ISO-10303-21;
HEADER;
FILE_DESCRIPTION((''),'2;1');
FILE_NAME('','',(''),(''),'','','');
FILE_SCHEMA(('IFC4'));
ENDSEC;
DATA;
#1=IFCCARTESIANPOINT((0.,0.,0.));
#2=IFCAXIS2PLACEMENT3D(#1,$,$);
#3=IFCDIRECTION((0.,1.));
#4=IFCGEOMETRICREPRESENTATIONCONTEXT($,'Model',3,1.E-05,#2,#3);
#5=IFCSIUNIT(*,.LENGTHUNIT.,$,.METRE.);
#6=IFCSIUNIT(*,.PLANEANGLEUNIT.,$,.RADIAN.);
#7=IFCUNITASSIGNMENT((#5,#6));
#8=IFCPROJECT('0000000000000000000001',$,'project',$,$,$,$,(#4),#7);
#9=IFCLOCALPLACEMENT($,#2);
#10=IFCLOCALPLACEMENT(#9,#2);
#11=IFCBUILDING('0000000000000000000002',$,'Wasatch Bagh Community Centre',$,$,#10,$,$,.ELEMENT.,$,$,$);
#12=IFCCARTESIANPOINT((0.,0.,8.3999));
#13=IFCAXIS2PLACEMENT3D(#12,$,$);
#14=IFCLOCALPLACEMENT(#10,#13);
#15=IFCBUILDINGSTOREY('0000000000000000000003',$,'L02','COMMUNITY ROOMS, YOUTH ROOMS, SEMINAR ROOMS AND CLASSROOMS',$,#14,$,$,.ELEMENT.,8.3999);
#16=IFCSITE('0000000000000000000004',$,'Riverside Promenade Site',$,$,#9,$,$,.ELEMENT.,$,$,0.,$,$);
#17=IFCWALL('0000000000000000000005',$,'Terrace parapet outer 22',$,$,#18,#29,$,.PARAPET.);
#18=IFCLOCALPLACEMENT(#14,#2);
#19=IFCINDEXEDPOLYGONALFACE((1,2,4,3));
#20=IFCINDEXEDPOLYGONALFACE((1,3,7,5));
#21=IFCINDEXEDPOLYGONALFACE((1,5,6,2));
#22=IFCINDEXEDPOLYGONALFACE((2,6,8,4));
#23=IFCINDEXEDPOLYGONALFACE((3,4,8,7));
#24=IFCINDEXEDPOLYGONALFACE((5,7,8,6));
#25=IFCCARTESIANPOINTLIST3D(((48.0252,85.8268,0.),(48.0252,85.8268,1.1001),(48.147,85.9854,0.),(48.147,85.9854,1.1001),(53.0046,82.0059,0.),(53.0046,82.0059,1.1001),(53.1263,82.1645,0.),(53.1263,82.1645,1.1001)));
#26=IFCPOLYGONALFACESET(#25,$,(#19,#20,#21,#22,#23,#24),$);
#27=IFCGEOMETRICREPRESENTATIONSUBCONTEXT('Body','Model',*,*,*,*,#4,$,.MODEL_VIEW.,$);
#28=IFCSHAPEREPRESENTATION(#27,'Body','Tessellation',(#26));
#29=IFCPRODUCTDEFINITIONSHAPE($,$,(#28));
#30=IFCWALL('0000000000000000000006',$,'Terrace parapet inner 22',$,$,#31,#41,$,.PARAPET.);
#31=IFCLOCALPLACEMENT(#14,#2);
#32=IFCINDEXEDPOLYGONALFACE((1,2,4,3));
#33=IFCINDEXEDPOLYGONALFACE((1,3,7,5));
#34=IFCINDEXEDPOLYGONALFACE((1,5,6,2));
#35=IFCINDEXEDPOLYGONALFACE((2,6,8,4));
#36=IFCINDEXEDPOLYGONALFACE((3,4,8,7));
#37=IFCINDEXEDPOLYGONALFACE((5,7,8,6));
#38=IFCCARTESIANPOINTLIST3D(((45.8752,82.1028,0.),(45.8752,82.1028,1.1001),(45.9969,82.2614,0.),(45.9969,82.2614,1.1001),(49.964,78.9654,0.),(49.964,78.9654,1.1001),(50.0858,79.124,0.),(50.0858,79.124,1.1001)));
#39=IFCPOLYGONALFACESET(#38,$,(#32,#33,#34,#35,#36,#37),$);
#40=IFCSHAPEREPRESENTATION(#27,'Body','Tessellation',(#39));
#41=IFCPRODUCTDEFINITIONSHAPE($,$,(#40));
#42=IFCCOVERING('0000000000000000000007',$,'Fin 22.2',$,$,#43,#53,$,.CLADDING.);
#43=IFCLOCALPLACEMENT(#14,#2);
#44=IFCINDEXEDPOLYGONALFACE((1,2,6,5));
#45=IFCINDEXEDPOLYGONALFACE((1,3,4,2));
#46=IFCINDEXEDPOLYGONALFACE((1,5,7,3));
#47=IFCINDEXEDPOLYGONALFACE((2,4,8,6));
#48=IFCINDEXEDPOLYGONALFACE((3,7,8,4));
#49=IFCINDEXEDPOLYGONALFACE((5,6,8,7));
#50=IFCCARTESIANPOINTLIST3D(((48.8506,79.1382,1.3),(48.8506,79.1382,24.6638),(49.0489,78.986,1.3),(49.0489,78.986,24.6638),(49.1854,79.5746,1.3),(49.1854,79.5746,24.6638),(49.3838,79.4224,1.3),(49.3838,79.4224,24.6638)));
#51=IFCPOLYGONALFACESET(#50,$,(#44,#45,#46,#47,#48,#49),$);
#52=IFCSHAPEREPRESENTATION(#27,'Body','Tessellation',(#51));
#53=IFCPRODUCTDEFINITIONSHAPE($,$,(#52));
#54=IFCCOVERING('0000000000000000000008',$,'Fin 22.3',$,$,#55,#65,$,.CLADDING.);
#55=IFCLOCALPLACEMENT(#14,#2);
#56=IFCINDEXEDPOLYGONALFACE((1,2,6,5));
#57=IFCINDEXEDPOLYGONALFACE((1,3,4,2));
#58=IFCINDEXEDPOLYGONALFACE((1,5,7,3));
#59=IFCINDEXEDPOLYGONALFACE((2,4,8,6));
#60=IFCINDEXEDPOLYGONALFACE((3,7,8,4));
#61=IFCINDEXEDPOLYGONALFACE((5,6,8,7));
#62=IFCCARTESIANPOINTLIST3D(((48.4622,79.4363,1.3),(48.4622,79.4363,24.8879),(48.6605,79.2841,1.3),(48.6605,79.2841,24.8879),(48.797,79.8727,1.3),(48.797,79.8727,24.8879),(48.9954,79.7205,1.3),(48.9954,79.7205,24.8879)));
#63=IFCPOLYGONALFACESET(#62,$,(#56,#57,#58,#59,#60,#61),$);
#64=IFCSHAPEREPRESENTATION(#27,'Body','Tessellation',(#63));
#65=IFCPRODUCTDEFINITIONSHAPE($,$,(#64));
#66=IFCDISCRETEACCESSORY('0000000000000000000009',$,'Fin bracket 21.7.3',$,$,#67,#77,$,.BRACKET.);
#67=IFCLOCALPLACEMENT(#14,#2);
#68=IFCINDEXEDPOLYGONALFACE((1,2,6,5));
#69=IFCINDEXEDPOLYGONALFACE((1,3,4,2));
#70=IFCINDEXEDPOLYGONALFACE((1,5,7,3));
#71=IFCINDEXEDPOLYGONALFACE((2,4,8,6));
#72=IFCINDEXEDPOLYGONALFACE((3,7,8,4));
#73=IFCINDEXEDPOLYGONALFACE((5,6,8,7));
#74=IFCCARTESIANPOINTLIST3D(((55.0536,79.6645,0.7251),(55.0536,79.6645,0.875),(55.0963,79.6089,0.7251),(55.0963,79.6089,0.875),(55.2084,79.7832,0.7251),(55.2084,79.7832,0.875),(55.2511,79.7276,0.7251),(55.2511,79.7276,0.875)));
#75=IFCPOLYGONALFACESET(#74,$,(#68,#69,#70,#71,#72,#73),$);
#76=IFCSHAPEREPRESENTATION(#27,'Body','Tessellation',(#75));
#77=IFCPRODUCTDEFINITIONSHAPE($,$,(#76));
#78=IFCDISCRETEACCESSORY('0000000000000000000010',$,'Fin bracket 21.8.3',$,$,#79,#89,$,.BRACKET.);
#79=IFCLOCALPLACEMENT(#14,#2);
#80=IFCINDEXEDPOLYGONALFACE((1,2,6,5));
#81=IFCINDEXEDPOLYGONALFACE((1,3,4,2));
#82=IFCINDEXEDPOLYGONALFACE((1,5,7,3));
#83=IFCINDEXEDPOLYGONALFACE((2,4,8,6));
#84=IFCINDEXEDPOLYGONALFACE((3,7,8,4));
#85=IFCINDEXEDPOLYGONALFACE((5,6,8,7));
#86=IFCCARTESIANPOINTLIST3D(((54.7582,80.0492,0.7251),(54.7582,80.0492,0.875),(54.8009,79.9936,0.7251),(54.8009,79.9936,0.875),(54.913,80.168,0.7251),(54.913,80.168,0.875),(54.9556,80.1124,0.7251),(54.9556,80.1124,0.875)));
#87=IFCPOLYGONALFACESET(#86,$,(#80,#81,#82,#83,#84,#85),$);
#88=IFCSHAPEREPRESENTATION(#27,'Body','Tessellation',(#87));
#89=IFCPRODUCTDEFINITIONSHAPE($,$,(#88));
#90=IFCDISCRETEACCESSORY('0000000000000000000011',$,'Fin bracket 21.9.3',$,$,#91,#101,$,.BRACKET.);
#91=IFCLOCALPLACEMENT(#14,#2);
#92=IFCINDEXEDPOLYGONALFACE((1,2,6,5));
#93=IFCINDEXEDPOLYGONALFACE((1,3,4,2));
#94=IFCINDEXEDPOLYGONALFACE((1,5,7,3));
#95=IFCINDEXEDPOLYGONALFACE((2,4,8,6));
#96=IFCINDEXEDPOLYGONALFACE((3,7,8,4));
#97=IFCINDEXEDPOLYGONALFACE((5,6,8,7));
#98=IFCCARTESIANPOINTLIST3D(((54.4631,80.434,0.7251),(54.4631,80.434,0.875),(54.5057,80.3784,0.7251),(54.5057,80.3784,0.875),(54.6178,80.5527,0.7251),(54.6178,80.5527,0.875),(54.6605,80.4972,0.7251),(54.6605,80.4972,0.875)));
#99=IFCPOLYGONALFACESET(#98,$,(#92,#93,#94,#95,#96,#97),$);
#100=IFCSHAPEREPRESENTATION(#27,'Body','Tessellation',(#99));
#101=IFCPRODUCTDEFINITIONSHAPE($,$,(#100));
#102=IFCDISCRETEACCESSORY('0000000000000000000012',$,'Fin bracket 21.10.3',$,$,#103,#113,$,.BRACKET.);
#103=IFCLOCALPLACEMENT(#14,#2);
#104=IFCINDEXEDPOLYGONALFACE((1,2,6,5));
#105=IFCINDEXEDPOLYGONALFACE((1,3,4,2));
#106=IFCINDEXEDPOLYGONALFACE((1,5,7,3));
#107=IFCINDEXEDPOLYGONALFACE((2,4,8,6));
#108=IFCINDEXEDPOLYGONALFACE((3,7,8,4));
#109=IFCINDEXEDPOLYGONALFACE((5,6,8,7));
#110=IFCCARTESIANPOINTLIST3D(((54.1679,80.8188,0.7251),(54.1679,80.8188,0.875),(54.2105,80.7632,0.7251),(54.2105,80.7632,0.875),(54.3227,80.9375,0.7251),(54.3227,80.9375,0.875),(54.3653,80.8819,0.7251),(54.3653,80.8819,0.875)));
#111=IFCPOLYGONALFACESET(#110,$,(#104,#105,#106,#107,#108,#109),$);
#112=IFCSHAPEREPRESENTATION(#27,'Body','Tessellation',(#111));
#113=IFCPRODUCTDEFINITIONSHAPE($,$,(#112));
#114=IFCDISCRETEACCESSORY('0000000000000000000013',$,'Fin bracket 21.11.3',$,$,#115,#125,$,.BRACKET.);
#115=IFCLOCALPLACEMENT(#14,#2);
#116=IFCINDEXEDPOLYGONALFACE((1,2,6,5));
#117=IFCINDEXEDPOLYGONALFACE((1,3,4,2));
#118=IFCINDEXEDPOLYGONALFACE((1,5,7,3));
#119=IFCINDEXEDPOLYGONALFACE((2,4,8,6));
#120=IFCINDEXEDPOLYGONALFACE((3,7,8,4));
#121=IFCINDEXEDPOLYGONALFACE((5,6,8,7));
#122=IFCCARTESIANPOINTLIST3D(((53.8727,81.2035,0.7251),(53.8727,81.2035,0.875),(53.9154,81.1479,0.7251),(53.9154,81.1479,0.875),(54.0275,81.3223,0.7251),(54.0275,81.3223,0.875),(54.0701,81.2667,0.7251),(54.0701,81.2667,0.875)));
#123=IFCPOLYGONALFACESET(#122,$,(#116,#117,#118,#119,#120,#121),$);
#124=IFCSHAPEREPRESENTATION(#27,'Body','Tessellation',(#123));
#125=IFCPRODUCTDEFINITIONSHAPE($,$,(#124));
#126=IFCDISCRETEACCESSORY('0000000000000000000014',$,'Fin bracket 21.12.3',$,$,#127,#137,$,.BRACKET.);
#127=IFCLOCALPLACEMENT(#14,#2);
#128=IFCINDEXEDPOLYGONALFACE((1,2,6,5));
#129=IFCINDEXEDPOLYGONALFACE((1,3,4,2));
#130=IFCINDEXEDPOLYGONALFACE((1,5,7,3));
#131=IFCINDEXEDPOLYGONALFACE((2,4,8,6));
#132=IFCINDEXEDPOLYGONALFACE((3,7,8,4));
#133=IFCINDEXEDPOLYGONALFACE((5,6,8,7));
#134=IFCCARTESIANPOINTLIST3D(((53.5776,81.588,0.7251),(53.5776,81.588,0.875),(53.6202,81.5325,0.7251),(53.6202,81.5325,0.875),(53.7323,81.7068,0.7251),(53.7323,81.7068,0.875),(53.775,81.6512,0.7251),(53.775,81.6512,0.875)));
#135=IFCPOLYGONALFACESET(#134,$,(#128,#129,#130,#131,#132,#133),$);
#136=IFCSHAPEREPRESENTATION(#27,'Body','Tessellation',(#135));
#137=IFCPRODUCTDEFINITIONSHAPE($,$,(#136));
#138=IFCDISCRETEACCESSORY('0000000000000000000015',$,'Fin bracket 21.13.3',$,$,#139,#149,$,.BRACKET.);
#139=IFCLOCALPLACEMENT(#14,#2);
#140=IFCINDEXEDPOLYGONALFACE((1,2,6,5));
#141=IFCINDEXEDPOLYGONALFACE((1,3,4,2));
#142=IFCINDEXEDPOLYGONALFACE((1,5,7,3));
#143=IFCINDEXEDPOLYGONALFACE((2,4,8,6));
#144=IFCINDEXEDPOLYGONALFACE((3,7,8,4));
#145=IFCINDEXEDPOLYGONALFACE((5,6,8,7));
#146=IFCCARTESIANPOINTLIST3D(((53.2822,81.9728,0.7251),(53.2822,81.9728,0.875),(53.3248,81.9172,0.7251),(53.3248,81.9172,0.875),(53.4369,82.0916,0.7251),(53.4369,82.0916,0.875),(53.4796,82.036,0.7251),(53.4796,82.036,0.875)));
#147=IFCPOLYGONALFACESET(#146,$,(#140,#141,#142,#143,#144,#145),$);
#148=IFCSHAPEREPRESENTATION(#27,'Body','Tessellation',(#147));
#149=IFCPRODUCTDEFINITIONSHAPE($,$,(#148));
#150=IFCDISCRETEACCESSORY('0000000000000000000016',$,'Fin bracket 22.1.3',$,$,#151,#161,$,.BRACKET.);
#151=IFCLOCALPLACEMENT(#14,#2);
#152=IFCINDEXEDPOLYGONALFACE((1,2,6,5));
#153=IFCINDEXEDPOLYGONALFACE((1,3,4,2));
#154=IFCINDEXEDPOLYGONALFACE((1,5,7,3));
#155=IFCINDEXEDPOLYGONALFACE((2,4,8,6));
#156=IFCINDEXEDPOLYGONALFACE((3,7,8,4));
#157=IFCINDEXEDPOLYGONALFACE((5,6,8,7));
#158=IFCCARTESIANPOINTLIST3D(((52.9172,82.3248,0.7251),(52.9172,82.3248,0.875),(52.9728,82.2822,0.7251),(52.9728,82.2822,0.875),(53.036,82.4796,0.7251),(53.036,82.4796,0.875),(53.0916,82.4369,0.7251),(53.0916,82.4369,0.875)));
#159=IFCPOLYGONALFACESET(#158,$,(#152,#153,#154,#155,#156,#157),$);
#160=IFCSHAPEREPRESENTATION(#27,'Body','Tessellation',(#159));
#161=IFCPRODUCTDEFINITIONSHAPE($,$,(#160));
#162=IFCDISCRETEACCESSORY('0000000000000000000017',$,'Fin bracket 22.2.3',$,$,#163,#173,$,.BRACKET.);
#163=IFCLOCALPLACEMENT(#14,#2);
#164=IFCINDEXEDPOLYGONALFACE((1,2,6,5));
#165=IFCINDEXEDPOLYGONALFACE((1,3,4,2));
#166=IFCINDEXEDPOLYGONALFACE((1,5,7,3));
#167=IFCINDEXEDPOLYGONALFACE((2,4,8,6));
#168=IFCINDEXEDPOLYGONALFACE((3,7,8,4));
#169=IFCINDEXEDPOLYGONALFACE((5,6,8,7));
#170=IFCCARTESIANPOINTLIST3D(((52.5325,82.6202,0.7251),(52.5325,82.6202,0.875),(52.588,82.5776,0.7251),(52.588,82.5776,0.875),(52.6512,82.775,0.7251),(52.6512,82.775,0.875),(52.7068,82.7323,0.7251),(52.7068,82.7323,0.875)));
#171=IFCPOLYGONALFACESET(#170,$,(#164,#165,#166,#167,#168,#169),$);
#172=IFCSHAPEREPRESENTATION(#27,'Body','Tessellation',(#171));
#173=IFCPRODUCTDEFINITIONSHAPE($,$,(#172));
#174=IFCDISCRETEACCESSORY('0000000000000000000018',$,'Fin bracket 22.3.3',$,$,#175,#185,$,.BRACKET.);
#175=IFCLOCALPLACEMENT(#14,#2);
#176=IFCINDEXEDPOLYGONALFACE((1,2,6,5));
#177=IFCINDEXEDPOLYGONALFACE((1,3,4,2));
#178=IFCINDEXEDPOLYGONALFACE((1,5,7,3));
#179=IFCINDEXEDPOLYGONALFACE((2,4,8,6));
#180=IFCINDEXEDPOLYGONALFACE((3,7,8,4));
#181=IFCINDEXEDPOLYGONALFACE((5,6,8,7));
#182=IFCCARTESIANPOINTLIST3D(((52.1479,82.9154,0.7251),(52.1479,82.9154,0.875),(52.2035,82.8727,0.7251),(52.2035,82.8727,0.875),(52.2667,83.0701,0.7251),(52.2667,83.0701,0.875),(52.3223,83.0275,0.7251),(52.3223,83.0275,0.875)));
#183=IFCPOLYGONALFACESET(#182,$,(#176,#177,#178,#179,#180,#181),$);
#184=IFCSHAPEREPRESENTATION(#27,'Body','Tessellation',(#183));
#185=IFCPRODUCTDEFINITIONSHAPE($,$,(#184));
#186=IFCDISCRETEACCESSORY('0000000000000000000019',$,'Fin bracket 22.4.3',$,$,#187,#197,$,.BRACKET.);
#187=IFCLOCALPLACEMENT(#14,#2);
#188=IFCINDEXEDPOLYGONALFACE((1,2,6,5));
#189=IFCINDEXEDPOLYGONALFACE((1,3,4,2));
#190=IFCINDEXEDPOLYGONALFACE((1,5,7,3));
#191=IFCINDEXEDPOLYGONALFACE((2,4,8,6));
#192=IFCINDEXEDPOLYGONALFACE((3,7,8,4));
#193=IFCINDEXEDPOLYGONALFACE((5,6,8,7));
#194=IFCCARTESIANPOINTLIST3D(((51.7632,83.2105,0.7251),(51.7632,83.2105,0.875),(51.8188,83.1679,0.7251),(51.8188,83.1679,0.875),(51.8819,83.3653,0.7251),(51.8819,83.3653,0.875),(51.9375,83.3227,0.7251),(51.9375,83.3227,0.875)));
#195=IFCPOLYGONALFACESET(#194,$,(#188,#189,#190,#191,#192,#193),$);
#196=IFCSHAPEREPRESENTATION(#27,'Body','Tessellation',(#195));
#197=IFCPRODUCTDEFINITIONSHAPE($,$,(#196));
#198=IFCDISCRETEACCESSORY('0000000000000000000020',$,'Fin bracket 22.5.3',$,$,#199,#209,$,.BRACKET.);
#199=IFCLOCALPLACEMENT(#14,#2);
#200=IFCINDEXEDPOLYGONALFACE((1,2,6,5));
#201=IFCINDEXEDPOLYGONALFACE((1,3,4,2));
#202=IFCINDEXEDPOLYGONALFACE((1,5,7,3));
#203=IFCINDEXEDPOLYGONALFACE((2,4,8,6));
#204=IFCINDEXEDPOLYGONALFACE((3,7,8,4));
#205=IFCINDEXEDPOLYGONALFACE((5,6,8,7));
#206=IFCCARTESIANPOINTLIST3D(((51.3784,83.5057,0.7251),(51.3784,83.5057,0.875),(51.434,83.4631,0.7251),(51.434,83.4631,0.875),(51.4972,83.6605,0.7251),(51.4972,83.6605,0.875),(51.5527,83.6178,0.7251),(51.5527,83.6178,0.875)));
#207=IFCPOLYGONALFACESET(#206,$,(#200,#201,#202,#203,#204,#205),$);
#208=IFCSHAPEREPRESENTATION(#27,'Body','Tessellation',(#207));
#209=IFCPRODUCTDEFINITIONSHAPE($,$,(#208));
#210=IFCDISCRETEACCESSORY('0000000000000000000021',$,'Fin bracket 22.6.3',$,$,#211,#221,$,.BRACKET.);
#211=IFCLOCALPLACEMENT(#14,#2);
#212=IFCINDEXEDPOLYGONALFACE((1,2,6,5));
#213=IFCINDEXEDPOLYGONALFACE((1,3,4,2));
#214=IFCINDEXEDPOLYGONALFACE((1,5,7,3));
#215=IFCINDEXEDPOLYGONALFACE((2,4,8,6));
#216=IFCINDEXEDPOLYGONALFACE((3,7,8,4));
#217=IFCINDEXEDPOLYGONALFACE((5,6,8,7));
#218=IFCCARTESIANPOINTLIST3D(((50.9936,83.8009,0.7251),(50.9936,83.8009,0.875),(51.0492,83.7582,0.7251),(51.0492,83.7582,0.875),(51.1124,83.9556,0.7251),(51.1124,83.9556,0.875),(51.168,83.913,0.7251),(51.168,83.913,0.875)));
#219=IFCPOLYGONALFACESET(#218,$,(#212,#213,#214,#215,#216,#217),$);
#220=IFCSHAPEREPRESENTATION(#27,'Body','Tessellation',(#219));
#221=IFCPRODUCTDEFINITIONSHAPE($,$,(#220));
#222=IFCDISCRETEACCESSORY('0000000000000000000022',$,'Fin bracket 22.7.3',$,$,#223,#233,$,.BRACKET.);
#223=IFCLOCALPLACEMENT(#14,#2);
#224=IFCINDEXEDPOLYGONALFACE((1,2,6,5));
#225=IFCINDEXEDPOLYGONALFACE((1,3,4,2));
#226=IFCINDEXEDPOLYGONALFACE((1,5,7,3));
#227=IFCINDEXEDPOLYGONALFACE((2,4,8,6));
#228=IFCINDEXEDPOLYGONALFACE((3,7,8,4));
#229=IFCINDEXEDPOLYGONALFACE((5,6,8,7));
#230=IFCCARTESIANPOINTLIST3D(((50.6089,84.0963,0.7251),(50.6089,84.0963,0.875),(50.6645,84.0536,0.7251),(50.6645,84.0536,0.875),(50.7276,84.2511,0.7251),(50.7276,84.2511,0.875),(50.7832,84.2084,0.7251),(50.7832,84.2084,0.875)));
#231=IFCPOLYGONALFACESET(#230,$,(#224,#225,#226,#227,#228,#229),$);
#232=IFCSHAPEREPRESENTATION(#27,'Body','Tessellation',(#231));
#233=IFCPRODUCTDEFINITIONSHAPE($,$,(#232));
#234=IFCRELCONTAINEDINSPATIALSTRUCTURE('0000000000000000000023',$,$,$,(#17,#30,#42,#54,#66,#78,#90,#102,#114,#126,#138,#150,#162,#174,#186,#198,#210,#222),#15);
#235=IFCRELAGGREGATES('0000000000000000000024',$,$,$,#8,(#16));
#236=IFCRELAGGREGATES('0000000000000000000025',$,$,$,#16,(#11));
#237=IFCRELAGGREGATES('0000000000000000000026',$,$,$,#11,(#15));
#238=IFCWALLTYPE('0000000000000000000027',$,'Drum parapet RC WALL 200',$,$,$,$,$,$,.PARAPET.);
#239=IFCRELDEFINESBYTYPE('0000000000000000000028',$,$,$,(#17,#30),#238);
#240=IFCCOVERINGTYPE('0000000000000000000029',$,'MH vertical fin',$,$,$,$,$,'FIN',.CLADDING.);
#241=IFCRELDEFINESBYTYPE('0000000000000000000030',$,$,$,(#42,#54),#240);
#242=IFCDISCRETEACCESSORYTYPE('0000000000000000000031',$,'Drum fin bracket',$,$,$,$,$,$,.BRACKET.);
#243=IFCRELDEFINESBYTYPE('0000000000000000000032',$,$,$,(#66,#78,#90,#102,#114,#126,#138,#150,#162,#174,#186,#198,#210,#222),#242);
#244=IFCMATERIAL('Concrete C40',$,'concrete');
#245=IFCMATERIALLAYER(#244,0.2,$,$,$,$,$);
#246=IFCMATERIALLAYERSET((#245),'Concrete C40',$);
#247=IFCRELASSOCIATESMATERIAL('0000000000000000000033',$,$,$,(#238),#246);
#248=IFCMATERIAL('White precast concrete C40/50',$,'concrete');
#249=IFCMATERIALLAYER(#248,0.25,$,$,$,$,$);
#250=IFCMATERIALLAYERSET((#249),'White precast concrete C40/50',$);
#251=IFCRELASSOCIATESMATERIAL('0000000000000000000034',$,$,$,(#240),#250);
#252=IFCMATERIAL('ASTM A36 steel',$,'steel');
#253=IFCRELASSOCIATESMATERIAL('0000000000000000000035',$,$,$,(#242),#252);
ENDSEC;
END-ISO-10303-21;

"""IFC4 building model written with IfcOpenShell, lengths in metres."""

from ifc_helpers import new_model, si_unit, direction, frame, frame_2d, origin, origin_2d, place, context, subcontext, project, spatial, rectangle, extrude, material, layer, layer_set, type_object, element, save


model = new_model("IFC4")

# Units and contexts
model_context = context("Model", 3, precision=1e-05, world=origin(), true_north=direction((0.0, 1.0)))
body_context = subcontext(model_context, "Body", "Model", "MODEL_VIEW")
ifc_project = project(units=[si_unit("LENGTHUNIT", "METRE"), si_unit("PLANEANGLEUNIT", "RADIAN")], contexts=[model_context])

# Site, building, storey
site_placement = place(None, origin())
site = spatial("IfcSite", under=ifc_project, at=site_placement, Name="Riverside Promenade Site", CompositionType="ELEMENT", RefElevation=0.0)
building_placement = place(site_placement, origin())
building = spatial("IfcBuilding", under=site, at=building_placement, Name="Wasatch Bagh Community Centre", CompositionType="ELEMENT")
storey_placement = place(building_placement, frame((0.0, 0.0, 8.3999)))
storey = spatial("IfcBuildingStorey", under=building, at=storey_placement, Name="L02", Description="COMMUNITY ROOMS, YOUTH ROOMS, SEMINAR ROOMS AND CLASSROOMS", CompositionType="ELEMENT", Elevation=8.3999)

# Walls
ifc_material_1 = material(Name="Concrete C40", Category="concrete")
ifc_layer_1 = layer(ifc_material_1, 0.2)
ifc_layer_set_1 = layer_set([ifc_layer_1], Name="Concrete C40")
wall_type = type_object("IfcWallType", Name="Drum parapet RC WALL 200", PredefinedType="PARAPET", material=ifc_layer_set_1)
wall_1_placement = place(storey_placement, frame((53.0654, 82.0852, 0.0), z_axis=(0.0, 0.0, 1.0), x_axis=(-0.793346, 0.60877, 0.0)))
element("IfcWall", 1, at=wall_1_placement, inside=storey, type_object=wall_type, Name="Terrace parapet outer 22", PredefinedType="PARAPET", context=body_context, shape_type="SweptSolid", body=[
    extrude(rectangle(XDim=6.2764, YDim=0.2, at=frame_2d((3.1382, 0.0))), origin(), (0.0, 0.0, 1.0), 1.1001),
])
wall_2_placement = place(storey_placement, frame((50.0249, 79.0447, 0.0), z_axis=(0.0, 0.0, 1.0), x_axis=(-0.793358, 0.608756, 0.0)))
element("IfcWall", 2, at=wall_2_placement, inside=storey, type_object=wall_type, Name="Terrace parapet inner 22", PredefinedType="PARAPET", context=body_context, shape_type="SweptSolid", body=[
    extrude(rectangle(XDim=5.1538, YDim=0.2, at=frame_2d((2.5769, 0.0))), origin(), (0.0, 0.0, 1.0), 1.1001),
])

# Coverings
ifc_material_2 = material(Name="White precast concrete C40/50", Category="concrete")
ifc_layer_2 = layer(ifc_material_2, 0.25)
ifc_layer_set_2 = layer_set([ifc_layer_2], Name="White precast concrete C40/50")
covering_type = type_object("IfcCoveringType", Name="MH vertical fin", ElementType="FIN", PredefinedType="CLADDING", material=ifc_layer_set_2)
covering_1_placement = place(storey_placement, frame((49.1172, 79.2803, 1.3), z_axis=(0.0, 0.0, 1.0), x_axis=(-0.793353, 0.608761, 0.0)))
element("IfcCovering", 3, at=covering_1_placement, inside=storey, type_object=covering_type, Name="Fin 22.2", PredefinedType="CLADDING", context=body_context, shape_type="SweptSolid", body=[
    extrude(rectangle(XDim=0.25, YDim=0.55, at=origin_2d()), origin(), (0.0, 0.0, 1.0), 23.3638),
])
covering_2_placement = place(storey_placement, frame((48.7288, 79.5784, 1.3), z_axis=(0.0, 0.0, 1.0), x_axis=(-0.793353, 0.608761, 0.0)))
element("IfcCovering", 4, at=covering_2_placement, inside=storey, type_object=covering_type, Name="Fin 22.3", PredefinedType="CLADDING", context=body_context, shape_type="SweptSolid", body=[
    extrude(rectangle(XDim=0.25, YDim=0.55, at=origin_2d()), origin(), (0.0, 0.0, 1.0), 23.5879),
])

# Discrete accessories
ifc_material_3 = material(Name="ASTM A36 steel", Category="steel")
discrete_accessory_type_1 = type_object("IfcDiscreteAccessoryType", Name="Drum fin bracket", PredefinedType="BRACKET", material=ifc_material_3)
for number, where, z_axis, x_axis, name in (
    (5, (55.1523, 79.696, 0.7251), (0.0, 0.0, 1.0), (-0.608761, 0.793353, 0.0), "Fin bracket 21.7.3"),
    (6, (54.8569, 80.0808, 0.7251), (0.0, 0.0, 1.0), (-0.608761, 0.793353, 0.0), "Fin bracket 21.8.3"),
    (7, (54.5618, 80.4656, 0.7251), (0.0, 0.0, 1.0), (-0.608761, 0.793353, 0.0), "Fin bracket 21.9.3"),
    (8, (54.2666, 80.8503, 0.7251), (0.0, 0.0, 1.0), (-0.608761, 0.793353, 0.0), "Fin bracket 21.10.3"),
    (9, (53.9714, 81.2351, 0.7251), (0.0, 0.0, 1.0), (-0.608761, 0.793353, 0.0), "Fin bracket 21.11.3"),
    (10, (53.6763, 81.6196, 0.7251), (0.0, 0.0, 1.0), (-0.608761, 0.793353, 0.0), "Fin bracket 21.12.3"),
    (11, (53.3809, 82.0044, 0.7251), (0.0, 0.0, 1.0), (-0.608761, 0.793353, 0.0), "Fin bracket 21.13.3"),
    (12, (53.0044, 82.3809, 0.7251), (0.0, 0.0, 1.0), (-0.793353, 0.608761, 0.0), "Fin bracket 22.1.3"),
    (13, (52.6196, 82.6763, 0.7251), (0.0, 0.0, 1.0), (-0.793353, 0.608761, 0.0), "Fin bracket 22.2.3"),
    (14, (52.2351, 82.9714, 0.7251), (0.0, 0.0, 1.0), (-0.793353, 0.608761, 0.0), "Fin bracket 22.3.3"),
    (15, (51.8503, 83.2666, 0.7251), (0.0, 0.0, 1.0), (-0.793353, 0.608761, 0.0), "Fin bracket 22.4.3"),
    (16, (51.4656, 83.5618, 0.7251), (0.0, 0.0, 1.0), (-0.793353, 0.608761, 0.0), "Fin bracket 22.5.3"),
    (17, (51.0808, 83.8569, 0.7251), (0.0, 0.0, 1.0), (-0.793353, 0.608761, 0.0), "Fin bracket 22.6.3"),
    (18, (50.696, 84.1523, 0.7251), (0.0, 0.0, 1.0), (-0.793353, 0.608761, 0.0), "Fin bracket 22.7.3"),
):
    element("IfcDiscreteAccessory", number, at=place(storey_placement, frame(where, z_axis=z_axis, x_axis=x_axis)), inside=storey, type_object=discrete_accessory_type_1, Name=name, PredefinedType="BRACKET", context=body_context, shape_type="SweptSolid", body=[
        extrude(rectangle(XDim=0.0701, YDim=0.1951, at=origin_2d()), origin(), (0.0, 0.0, 1.0), 0.1499),
    ])

save(model, "model.ifc")
